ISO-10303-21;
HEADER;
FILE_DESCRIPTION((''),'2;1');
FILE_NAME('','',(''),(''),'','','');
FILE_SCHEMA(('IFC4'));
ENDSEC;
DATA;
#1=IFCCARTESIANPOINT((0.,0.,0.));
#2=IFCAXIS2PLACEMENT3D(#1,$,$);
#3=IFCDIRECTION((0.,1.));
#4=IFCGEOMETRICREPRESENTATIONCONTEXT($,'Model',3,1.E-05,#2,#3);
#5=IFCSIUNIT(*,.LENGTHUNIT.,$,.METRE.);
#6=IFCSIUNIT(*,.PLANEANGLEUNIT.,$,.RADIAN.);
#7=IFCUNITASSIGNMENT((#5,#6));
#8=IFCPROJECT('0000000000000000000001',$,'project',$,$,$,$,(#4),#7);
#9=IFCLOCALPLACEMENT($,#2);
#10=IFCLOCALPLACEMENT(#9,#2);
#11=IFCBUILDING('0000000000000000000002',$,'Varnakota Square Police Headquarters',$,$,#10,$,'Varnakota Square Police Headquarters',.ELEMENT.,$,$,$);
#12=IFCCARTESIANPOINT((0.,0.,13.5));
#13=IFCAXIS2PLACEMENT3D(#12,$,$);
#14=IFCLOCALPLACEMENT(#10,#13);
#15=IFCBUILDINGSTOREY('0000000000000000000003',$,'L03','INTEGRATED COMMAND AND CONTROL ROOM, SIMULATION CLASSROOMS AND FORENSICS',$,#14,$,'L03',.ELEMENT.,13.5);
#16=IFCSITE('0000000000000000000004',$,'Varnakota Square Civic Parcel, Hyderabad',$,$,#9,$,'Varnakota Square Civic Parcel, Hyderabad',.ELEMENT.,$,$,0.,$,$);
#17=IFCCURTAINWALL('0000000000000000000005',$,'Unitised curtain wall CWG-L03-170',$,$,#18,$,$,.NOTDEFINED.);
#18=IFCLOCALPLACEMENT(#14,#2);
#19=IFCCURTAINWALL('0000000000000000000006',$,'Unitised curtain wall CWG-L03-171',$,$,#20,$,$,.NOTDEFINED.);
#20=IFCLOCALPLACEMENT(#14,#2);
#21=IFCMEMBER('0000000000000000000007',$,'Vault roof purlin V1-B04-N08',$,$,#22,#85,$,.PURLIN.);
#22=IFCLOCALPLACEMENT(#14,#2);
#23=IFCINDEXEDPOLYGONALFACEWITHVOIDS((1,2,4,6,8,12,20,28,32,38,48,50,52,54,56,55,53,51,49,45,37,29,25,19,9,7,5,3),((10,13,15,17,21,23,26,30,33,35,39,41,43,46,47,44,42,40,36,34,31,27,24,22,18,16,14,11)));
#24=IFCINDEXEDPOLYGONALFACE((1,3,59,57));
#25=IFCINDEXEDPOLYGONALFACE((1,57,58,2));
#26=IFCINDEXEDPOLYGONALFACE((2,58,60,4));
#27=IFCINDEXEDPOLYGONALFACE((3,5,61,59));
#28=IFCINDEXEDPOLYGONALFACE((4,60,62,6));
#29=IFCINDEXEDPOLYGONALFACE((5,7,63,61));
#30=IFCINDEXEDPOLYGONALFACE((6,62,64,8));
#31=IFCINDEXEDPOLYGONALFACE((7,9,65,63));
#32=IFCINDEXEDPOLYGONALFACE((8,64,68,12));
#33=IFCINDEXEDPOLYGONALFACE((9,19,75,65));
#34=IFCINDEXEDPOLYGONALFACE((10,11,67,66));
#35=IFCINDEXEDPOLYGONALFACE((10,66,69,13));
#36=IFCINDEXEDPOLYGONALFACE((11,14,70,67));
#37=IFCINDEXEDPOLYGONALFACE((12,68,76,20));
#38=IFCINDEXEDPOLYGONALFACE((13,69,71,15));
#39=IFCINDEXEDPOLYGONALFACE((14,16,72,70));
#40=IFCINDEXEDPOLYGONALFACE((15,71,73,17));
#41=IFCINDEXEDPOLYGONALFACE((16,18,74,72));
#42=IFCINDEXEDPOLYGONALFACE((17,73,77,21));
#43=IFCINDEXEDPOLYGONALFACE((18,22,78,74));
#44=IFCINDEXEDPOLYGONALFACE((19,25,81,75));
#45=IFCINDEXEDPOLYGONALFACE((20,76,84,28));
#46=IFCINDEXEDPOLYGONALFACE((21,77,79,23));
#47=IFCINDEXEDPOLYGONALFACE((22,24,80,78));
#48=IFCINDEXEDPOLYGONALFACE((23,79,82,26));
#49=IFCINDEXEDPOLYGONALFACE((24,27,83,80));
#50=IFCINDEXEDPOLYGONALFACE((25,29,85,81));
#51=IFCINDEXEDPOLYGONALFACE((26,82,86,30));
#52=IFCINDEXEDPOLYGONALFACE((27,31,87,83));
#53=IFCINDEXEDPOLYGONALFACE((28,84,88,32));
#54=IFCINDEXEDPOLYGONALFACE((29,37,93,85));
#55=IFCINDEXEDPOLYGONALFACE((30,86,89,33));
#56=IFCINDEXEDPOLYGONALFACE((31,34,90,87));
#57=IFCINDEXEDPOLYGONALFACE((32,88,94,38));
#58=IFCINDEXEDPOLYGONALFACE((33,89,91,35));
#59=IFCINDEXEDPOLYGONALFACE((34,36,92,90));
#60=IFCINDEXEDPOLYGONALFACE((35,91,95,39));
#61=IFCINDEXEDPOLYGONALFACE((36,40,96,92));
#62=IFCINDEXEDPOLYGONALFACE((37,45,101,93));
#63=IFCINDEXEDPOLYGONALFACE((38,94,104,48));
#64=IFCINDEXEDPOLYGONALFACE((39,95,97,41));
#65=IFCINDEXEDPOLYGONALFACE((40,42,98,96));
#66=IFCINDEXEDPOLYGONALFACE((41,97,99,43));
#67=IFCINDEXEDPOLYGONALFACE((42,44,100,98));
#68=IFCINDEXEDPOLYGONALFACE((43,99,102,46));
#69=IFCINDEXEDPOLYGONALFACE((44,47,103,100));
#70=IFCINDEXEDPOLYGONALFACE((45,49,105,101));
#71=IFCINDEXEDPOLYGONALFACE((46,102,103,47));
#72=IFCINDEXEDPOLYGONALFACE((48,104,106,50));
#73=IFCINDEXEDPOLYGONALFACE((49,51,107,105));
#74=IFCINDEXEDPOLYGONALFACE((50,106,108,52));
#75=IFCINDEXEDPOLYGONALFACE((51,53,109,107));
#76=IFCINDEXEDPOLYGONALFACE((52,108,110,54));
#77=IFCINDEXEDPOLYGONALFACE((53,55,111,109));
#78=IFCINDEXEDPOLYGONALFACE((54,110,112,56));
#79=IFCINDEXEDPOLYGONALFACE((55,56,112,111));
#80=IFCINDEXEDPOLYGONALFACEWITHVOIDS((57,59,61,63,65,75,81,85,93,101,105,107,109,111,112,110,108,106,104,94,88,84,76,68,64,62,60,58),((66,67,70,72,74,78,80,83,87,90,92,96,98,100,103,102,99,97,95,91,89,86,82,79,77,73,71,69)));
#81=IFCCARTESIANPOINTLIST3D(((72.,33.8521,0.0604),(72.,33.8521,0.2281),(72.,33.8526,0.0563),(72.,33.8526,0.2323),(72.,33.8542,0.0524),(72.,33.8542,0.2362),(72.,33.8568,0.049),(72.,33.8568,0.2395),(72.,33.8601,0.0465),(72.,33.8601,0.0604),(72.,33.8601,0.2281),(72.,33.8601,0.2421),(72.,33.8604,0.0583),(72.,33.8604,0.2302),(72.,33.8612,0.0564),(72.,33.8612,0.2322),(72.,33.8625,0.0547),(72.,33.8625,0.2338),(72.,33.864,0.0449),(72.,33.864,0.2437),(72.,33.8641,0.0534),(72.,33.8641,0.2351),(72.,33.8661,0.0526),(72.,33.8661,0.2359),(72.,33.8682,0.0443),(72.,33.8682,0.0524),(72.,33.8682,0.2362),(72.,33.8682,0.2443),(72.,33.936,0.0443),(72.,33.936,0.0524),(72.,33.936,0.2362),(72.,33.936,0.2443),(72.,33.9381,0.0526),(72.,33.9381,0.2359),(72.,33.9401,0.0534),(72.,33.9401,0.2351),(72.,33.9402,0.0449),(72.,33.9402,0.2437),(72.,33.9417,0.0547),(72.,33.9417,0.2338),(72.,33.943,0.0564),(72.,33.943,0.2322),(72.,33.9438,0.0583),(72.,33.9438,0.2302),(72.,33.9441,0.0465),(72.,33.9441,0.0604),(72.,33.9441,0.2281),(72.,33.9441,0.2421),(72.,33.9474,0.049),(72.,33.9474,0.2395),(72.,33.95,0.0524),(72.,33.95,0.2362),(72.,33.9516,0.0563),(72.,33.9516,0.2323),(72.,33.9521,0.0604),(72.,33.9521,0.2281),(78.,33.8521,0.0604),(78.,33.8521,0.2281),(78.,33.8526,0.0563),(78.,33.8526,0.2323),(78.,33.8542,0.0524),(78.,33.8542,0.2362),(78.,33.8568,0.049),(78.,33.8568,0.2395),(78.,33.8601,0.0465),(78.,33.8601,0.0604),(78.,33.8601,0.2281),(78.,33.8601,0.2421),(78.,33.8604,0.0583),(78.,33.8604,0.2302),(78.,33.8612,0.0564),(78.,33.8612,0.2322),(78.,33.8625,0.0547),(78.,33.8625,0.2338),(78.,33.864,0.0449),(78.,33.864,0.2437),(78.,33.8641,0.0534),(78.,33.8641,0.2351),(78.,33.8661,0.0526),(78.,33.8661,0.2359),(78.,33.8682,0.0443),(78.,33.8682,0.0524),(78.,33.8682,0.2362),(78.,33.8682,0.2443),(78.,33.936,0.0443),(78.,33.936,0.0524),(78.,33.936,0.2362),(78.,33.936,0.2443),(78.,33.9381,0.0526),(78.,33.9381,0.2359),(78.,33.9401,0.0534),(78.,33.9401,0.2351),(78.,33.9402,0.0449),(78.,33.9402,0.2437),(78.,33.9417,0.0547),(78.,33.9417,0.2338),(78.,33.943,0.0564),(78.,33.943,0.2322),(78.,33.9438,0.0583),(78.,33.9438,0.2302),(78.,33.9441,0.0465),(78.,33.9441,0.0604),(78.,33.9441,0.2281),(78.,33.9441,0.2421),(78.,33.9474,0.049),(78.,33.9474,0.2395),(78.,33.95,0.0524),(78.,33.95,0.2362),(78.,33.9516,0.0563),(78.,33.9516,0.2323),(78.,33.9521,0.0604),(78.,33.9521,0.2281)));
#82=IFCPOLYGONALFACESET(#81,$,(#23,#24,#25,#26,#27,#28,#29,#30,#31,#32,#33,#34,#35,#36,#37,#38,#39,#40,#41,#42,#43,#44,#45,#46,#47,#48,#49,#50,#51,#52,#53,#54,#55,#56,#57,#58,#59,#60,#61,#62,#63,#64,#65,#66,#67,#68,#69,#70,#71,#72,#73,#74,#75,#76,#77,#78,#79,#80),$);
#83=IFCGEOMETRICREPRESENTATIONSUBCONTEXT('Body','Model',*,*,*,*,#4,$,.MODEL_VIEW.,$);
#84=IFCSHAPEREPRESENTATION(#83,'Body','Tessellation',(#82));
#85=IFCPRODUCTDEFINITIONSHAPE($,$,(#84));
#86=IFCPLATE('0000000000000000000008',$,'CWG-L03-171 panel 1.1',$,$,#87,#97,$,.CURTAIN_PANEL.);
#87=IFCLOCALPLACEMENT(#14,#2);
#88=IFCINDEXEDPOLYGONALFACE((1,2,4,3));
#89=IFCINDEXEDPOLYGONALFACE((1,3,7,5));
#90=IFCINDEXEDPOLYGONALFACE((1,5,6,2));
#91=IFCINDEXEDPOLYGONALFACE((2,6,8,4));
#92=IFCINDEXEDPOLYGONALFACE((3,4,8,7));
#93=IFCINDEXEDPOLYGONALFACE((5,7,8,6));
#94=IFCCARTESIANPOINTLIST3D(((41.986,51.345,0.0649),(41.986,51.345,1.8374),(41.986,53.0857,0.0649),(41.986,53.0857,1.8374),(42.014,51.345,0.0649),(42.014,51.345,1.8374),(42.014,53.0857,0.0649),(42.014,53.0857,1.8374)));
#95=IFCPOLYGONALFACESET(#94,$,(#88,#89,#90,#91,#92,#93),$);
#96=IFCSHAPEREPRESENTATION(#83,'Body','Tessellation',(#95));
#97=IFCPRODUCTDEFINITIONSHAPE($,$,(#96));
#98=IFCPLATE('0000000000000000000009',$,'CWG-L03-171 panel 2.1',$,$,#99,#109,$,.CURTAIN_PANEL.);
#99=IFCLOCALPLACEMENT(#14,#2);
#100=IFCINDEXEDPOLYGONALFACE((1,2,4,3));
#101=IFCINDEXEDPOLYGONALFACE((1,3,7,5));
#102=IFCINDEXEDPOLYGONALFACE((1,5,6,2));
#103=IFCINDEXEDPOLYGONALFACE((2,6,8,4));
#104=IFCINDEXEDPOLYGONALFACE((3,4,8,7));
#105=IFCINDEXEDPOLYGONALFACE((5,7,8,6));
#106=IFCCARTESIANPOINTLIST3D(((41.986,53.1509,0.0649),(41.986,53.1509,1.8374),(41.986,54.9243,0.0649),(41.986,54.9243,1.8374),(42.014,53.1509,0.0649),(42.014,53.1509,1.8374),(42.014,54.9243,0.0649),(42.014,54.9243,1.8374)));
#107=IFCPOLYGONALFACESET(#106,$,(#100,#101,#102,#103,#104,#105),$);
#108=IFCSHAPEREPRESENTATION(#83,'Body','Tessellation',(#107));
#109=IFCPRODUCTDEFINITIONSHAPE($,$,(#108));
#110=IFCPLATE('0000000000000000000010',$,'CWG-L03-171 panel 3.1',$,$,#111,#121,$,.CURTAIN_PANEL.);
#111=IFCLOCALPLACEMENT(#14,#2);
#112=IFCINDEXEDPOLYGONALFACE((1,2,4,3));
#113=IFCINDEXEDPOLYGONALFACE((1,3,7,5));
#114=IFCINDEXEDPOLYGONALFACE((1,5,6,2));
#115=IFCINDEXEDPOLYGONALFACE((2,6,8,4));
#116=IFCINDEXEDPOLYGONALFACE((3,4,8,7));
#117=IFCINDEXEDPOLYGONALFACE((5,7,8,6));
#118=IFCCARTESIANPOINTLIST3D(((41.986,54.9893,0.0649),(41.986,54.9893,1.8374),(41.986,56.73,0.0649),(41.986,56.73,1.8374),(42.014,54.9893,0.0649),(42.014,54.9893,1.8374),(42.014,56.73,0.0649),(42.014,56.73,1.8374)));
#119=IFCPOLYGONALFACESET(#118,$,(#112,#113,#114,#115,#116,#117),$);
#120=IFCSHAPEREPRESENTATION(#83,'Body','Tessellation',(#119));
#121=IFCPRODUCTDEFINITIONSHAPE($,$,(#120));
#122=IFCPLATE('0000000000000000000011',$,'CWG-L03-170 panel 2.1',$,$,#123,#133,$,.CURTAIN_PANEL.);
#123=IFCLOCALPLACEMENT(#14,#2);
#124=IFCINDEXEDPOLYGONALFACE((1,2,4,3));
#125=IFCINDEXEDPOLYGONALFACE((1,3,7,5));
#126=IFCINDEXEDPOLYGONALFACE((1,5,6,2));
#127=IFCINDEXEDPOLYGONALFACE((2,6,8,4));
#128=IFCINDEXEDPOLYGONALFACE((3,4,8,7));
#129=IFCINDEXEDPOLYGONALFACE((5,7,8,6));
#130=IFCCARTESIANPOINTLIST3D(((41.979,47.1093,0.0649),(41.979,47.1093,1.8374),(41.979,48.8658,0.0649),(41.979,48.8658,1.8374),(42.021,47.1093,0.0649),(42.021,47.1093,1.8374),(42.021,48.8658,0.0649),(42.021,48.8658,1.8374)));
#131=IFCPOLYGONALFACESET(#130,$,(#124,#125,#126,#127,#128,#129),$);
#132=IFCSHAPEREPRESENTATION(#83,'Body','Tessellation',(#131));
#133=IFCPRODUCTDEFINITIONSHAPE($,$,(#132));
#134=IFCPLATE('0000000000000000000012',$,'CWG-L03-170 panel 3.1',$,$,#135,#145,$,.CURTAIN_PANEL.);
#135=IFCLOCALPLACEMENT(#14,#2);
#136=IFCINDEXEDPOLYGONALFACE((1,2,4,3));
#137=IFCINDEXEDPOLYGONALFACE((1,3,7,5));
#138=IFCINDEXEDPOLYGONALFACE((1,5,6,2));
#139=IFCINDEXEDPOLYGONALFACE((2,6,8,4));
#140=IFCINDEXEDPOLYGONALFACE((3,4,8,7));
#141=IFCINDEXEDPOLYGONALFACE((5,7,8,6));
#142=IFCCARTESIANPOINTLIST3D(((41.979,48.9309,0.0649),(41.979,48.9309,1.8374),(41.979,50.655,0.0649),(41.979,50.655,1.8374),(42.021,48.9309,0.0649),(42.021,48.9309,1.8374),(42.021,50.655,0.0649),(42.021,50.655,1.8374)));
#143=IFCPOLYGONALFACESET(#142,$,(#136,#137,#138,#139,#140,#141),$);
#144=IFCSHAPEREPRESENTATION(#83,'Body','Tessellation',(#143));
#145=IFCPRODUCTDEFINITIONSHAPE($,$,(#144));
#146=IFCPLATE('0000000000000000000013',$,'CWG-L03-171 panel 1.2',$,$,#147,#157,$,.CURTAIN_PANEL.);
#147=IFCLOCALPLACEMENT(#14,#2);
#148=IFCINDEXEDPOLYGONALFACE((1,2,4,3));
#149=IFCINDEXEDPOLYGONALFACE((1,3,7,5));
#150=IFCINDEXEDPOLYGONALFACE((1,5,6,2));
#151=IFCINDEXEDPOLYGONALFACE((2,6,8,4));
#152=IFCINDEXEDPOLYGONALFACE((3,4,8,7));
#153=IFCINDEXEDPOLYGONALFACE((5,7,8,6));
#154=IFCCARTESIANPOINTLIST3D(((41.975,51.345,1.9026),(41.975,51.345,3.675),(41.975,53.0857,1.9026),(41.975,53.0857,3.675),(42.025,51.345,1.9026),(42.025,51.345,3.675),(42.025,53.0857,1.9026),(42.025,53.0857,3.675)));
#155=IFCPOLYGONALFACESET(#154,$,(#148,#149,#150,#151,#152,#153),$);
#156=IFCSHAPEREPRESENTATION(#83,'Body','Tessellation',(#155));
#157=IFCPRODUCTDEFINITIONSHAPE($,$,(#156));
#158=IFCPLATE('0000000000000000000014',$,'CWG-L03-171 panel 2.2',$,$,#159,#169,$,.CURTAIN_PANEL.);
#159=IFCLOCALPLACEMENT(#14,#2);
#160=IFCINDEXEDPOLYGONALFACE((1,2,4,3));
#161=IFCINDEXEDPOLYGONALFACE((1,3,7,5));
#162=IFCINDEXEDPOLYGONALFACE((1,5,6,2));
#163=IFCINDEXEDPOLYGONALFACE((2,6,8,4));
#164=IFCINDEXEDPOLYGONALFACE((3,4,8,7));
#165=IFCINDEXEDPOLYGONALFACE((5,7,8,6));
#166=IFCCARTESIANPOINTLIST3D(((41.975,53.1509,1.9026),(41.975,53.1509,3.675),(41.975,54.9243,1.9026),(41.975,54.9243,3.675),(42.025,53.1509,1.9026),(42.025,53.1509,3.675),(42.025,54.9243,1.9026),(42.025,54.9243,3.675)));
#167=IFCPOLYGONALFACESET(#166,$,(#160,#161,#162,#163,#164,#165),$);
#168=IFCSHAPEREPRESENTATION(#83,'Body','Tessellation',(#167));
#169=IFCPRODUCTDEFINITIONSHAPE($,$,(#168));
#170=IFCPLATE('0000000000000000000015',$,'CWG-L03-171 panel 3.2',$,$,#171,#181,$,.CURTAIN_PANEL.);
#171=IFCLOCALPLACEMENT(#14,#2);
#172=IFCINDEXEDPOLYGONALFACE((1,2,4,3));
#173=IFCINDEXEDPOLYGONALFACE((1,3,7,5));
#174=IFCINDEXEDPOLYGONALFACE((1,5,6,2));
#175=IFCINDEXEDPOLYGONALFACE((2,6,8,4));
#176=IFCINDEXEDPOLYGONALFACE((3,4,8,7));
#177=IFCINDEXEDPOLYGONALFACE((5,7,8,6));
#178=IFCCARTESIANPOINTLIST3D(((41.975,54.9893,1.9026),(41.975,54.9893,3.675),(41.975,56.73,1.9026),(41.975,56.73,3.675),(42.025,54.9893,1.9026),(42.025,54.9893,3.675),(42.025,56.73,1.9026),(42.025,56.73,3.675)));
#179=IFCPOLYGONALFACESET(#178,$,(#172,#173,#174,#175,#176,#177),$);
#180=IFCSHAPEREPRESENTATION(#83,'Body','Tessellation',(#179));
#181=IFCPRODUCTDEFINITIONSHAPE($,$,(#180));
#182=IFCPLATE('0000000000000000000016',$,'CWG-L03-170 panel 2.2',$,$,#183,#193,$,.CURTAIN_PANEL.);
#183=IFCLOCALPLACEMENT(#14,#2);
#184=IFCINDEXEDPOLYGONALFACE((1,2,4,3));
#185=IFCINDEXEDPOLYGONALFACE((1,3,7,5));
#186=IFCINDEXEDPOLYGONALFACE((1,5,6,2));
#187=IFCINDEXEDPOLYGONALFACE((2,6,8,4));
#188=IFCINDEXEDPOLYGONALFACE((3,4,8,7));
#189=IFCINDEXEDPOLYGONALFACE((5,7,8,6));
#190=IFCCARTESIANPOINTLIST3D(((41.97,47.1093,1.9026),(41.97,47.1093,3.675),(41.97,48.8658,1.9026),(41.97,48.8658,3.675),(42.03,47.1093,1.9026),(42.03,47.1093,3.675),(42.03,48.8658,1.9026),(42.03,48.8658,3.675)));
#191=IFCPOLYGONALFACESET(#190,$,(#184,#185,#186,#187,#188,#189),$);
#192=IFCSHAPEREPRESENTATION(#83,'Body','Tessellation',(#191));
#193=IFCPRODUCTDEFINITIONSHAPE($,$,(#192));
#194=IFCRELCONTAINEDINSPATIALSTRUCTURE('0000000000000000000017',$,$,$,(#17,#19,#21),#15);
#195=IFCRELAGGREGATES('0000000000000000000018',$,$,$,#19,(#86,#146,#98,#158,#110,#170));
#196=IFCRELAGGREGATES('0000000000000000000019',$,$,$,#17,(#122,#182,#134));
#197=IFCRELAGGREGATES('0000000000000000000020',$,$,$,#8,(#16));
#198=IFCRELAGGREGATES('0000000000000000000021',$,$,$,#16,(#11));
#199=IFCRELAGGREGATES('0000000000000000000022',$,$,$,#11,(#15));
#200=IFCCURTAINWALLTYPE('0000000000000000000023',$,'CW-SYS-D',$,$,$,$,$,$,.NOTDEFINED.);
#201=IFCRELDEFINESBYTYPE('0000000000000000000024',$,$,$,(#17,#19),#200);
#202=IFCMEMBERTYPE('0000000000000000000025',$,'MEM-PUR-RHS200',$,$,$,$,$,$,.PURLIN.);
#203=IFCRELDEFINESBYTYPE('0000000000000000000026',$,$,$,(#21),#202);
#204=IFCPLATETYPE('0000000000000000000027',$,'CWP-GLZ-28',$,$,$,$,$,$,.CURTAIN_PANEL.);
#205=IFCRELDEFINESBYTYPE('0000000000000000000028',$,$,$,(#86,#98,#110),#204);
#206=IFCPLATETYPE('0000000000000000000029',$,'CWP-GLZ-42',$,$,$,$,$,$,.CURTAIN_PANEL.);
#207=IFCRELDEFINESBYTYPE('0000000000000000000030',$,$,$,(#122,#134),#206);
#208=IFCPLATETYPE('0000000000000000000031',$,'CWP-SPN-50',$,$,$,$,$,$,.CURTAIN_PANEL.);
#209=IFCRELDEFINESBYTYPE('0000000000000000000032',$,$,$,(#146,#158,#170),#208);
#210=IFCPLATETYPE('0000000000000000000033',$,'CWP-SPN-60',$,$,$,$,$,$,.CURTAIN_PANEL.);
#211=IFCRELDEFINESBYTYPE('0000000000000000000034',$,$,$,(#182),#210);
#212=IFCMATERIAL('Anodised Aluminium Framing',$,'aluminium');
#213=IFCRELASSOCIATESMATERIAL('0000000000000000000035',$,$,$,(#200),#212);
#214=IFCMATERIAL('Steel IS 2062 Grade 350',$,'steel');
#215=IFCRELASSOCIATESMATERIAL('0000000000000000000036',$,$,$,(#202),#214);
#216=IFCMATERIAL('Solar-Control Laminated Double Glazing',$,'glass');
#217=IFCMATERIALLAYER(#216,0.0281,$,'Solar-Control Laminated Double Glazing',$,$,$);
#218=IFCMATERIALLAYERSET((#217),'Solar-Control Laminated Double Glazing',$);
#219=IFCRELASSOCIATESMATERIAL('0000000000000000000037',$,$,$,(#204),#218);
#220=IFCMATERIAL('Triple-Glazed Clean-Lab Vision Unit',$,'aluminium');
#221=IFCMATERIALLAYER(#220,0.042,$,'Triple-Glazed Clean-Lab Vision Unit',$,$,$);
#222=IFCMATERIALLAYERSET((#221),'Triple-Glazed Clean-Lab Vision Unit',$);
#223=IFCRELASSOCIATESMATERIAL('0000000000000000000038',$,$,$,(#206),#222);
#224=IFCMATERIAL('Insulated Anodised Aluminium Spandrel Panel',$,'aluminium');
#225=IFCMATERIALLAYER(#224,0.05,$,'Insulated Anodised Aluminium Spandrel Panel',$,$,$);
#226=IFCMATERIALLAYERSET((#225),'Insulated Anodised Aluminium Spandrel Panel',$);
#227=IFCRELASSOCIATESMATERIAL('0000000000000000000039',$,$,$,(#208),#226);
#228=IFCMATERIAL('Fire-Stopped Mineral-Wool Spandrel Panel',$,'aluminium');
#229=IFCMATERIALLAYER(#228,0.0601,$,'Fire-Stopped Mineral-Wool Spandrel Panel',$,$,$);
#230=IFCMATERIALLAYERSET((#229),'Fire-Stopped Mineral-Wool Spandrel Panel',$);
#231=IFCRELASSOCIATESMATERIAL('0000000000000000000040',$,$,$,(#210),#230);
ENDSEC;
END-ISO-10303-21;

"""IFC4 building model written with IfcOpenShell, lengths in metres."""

from ifc_helpers import new_model, si_unit, direction, frame, origin, origin_2d, place, context, subcontext, project, spatial, rectangle, hollow_rectangle, extrude, material, layer, layer_set, material_profile, profile_set, type_object, element, aggregate, save


model = new_model("IFC4")

# Units and contexts
model_context = context("Model", 3, precision=1e-05, world=origin(), true_north=direction((0.0, 1.0)))
body_context = subcontext(model_context, "Body", "Model", "MODEL_VIEW")
ifc_project = project(units=[si_unit("LENGTHUNIT", "METRE"), si_unit("PLANEANGLEUNIT", "RADIAN")], contexts=[model_context])

# Site, building, storey
site_placement = place(None, origin())
site = spatial("IfcSite", under=ifc_project, at=site_placement, Name="Varnakota Square Civic Parcel, Hyderabad", LongName="Varnakota Square Civic Parcel, Hyderabad", CompositionType="ELEMENT", RefElevation=0.0)
building_placement = place(site_placement, origin())
building = spatial("IfcBuilding", under=site, at=building_placement, Name="Varnakota Square Police Headquarters", LongName="Varnakota Square Police Headquarters", CompositionType="ELEMENT")
storey_placement = place(building_placement, frame((0.0, 0.0, 13.5)))
storey = spatial("IfcBuildingStorey", under=building, at=storey_placement, Name="L03", Description="INTEGRATED COMMAND AND CONTROL ROOM, SIMULATION CLASSROOMS AND FORENSICS", LongName="L03", CompositionType="ELEMENT", Elevation=13.5)

# Shared definitions
ifc_material_1 = material(Name="Steel IS 2062 Grade 350", Category="steel")

# Curtain walls
ifc_material_2 = material(Name="Anodised Aluminium Framing", Category="aluminium")
curtain_wall_type = type_object("IfcCurtainWallType", Name="CW-SYS-D", PredefinedType="NOTDEFINED", material=ifc_material_2)
curtain_wall_1_placement = place(storey_placement, origin())
curtain_wall_1 = element("IfcCurtainWall", 1, at=curtain_wall_1_placement, inside=storey, type_object=curtain_wall_type, Name="Unitised curtain wall CWG-L03-170", PredefinedType="NOTDEFINED")
curtain_wall_2_placement = place(storey_placement, origin())
curtain_wall_2 = element("IfcCurtainWall", 2, at=curtain_wall_2_placement, inside=storey, type_object=curtain_wall_type, Name="Unitised curtain wall CWG-L03-171", PredefinedType="NOTDEFINED")

# Member
ifc_material_profile_1 = material_profile(ifc_material_1, hollow_rectangle(XDim=0.1001, YDim=0.2, WallThickness=0.0081, InnerFilletRadius=0.0081, OuterFilletRadius=0.0161, at=origin_2d()), Name="RHS 200x100x8")
ifc_profile_set_1 = profile_set([ifc_material_profile_1], Name="Steel IS 2062 Grade 350")
member_type_1 = type_object("IfcMemberType", Name="MEM-PUR-RHS200", PredefinedType="PURLIN", material=ifc_profile_set_1)
member_1_placement = place(storey_placement, frame((72.0, 33.9021, 0.1443), z_axis=(1.0, 0.0, 0.0), x_axis=(0.0, 1.0, 0.0)))
element("IfcMember", 3, at=member_1_placement, inside=storey, type_object=member_type_1, Name="Vault roof purlin V1-B04-N08", PredefinedType="PURLIN", context=body_context, shape_type="SweptSolid", body=[
    extrude(hollow_rectangle(XDim=0.1001, YDim=0.2, WallThickness=0.0081, InnerFilletRadius=0.0081, OuterFilletRadius=0.0161, at=origin_2d()), origin(), (0.0, 0.0, 1.0), 6.0),
])

# Plates
ifc_material_3 = material(Name="Solar-Control Laminated Double Glazing", Category="glass")
ifc_layer_1 = layer(ifc_material_3, 0.0281, Name="Solar-Control Laminated Double Glazing")
ifc_layer_set_1 = layer_set([ifc_layer_1], Name="Solar-Control Laminated Double Glazing")
plate_type_1 = type_object("IfcPlateType", Name="CWP-GLZ-28", PredefinedType="CURTAIN_PANEL", material=ifc_layer_set_1)
plate_1_placement = place(storey_placement, frame((42.0, 52.2153, 0.0649), z_axis=(0.0, 0.0, 1.0), x_axis=(0.0, 1.0, 0.0)))
plate_1 = element("IfcPlate", 4, at=plate_1_placement, type_object=plate_type_1, Name="CWG-L03-171 panel 1.1", PredefinedType="CURTAIN_PANEL", context=body_context, shape_type="SweptSolid", body=[
    extrude(rectangle(XDim=1.7407, YDim=0.0281, at=origin_2d()), origin(), (0.0, 0.0, 1.0), 1.7725),
])
plate_2_placement = place(storey_placement, frame((42.0, 54.0376, 0.0649), z_axis=(0.0, 0.0, 1.0), x_axis=(0.0, 1.0, 0.0)))
plate_2 = element("IfcPlate", 5, at=plate_2_placement, type_object=plate_type_1, Name="CWG-L03-171 panel 2.1", PredefinedType="CURTAIN_PANEL", context=body_context, shape_type="SweptSolid", body=[
    extrude(rectangle(XDim=1.7734, YDim=0.0281, at=origin_2d()), origin(), (0.0, 0.0, 1.0), 1.7725),
])
plate_3_placement = place(storey_placement, frame((42.0, 55.8596, 0.0649), z_axis=(0.0, 0.0, 1.0), x_axis=(0.0, 1.0, 0.0)))
plate_3 = element("IfcPlate", 6, at=plate_3_placement, type_object=plate_type_1, Name="CWG-L03-171 panel 3.1", PredefinedType="CURTAIN_PANEL", context=body_context, shape_type="SweptSolid", body=[
    extrude(rectangle(XDim=1.7407, YDim=0.0281, at=origin_2d()), origin(), (0.0, 0.0, 1.0), 1.7725),
])
ifc_material_4 = material(Name="Triple-Glazed Clean-Lab Vision Unit", Category="aluminium")
ifc_layer_2 = layer(ifc_material_4, 0.042, Name="Triple-Glazed Clean-Lab Vision Unit")
ifc_layer_set_2 = layer_set([ifc_layer_2], Name="Triple-Glazed Clean-Lab Vision Unit")
plate_type_2 = type_object("IfcPlateType", Name="CWP-GLZ-42", PredefinedType="CURTAIN_PANEL", material=ifc_layer_set_2)
plate_4_placement = place(storey_placement, frame((42.0, 47.9875, 0.0649), z_axis=(0.0, 0.0, 1.0), x_axis=(0.0, 1.0, 0.0)))
plate_4 = element("IfcPlate", 7, at=plate_4_placement, type_object=plate_type_2, Name="CWG-L03-170 panel 2.1", PredefinedType="CURTAIN_PANEL", context=body_context, shape_type="SweptSolid", body=[
    extrude(rectangle(XDim=1.7566, YDim=0.042, at=origin_2d()), origin(), (0.0, 0.0, 1.0), 1.7725),
])
plate_5_placement = place(storey_placement, frame((42.0, 49.793, 0.0649), z_axis=(0.0, 0.0, 1.0), x_axis=(0.0, 1.0, 0.0)))
plate_5 = element("IfcPlate", 8, at=plate_5_placement, type_object=plate_type_2, Name="CWG-L03-170 panel 3.1", PredefinedType="CURTAIN_PANEL", context=body_context, shape_type="SweptSolid", body=[
    extrude(rectangle(XDim=1.7241, YDim=0.042, at=origin_2d()), origin(), (0.0, 0.0, 1.0), 1.7725),
])
ifc_material_5 = material(Name="Insulated Anodised Aluminium Spandrel Panel", Category="aluminium")
ifc_layer_3 = layer(ifc_material_5, 0.05, Name="Insulated Anodised Aluminium Spandrel Panel")
ifc_layer_set_3 = layer_set([ifc_layer_3], Name="Insulated Anodised Aluminium Spandrel Panel")
plate_type_3 = type_object("IfcPlateType", Name="CWP-SPN-50", PredefinedType="CURTAIN_PANEL", material=ifc_layer_set_3)
plate_6_placement = place(storey_placement, frame((42.0, 52.2153, 1.9026), z_axis=(0.0, 0.0, 1.0), x_axis=(0.0, 1.0, 0.0)))
plate_6 = element("IfcPlate", 9, at=plate_6_placement, type_object=plate_type_3, Name="CWG-L03-171 panel 1.2", PredefinedType="CURTAIN_PANEL", context=body_context, shape_type="SweptSolid", body=[
    extrude(rectangle(XDim=1.7407, YDim=0.05, at=origin_2d()), origin(), (0.0, 0.0, 1.0), 1.7725),
])
plate_7_placement = place(storey_placement, frame((42.0, 54.0376, 1.9026), z_axis=(0.0, 0.0, 1.0), x_axis=(0.0, 1.0, 0.0)))
plate_7 = element("IfcPlate", 10, at=plate_7_placement, type_object=plate_type_3, Name="CWG-L03-171 panel 2.2", PredefinedType="CURTAIN_PANEL", context=body_context, shape_type="SweptSolid", body=[
    extrude(rectangle(XDim=1.7734, YDim=0.05, at=origin_2d()), origin(), (0.0, 0.0, 1.0), 1.7725),
])
plate_8_placement = place(storey_placement, frame((42.0, 55.8596, 1.9026), z_axis=(0.0, 0.0, 1.0), x_axis=(0.0, 1.0, 0.0)))
plate_8 = element("IfcPlate", 11, at=plate_8_placement, type_object=plate_type_3, Name="CWG-L03-171 panel 3.2", PredefinedType="CURTAIN_PANEL", context=body_context, shape_type="SweptSolid", body=[
    extrude(rectangle(XDim=1.7407, YDim=0.05, at=origin_2d()), origin(), (0.0, 0.0, 1.0), 1.7725),
])
aggregate(curtain_wall_2, [plate_1, plate_6, plate_2, plate_7, plate_3, plate_8])
ifc_material_6 = material(Name="Fire-Stopped Mineral-Wool Spandrel Panel", Category="aluminium")
ifc_layer_4 = layer(ifc_material_6, 0.0601, Name="Fire-Stopped Mineral-Wool Spandrel Panel")
ifc_layer_set_4 = layer_set([ifc_layer_4], Name="Fire-Stopped Mineral-Wool Spandrel Panel")
plate_type_4 = type_object("IfcPlateType", Name="CWP-SPN-60", PredefinedType="CURTAIN_PANEL", material=ifc_layer_set_4)
plate_9_placement = place(storey_placement, frame((42.0, 47.9875, 1.9026), z_axis=(0.0, 0.0, 1.0), x_axis=(0.0, 1.0, 0.0)))
plate_9 = element("IfcPlate", 12, at=plate_9_placement, type_object=plate_type_4, Name="CWG-L03-170 panel 2.2", PredefinedType="CURTAIN_PANEL", context=body_context, shape_type="SweptSolid", body=[
    extrude(rectangle(XDim=1.7566, YDim=0.0601, at=origin_2d()), origin(), (0.0, 0.0, 1.0), 1.7725),
])
aggregate(curtain_wall_1, [plate_4, plate_9, plate_5])

save(model, "model.ifc")
